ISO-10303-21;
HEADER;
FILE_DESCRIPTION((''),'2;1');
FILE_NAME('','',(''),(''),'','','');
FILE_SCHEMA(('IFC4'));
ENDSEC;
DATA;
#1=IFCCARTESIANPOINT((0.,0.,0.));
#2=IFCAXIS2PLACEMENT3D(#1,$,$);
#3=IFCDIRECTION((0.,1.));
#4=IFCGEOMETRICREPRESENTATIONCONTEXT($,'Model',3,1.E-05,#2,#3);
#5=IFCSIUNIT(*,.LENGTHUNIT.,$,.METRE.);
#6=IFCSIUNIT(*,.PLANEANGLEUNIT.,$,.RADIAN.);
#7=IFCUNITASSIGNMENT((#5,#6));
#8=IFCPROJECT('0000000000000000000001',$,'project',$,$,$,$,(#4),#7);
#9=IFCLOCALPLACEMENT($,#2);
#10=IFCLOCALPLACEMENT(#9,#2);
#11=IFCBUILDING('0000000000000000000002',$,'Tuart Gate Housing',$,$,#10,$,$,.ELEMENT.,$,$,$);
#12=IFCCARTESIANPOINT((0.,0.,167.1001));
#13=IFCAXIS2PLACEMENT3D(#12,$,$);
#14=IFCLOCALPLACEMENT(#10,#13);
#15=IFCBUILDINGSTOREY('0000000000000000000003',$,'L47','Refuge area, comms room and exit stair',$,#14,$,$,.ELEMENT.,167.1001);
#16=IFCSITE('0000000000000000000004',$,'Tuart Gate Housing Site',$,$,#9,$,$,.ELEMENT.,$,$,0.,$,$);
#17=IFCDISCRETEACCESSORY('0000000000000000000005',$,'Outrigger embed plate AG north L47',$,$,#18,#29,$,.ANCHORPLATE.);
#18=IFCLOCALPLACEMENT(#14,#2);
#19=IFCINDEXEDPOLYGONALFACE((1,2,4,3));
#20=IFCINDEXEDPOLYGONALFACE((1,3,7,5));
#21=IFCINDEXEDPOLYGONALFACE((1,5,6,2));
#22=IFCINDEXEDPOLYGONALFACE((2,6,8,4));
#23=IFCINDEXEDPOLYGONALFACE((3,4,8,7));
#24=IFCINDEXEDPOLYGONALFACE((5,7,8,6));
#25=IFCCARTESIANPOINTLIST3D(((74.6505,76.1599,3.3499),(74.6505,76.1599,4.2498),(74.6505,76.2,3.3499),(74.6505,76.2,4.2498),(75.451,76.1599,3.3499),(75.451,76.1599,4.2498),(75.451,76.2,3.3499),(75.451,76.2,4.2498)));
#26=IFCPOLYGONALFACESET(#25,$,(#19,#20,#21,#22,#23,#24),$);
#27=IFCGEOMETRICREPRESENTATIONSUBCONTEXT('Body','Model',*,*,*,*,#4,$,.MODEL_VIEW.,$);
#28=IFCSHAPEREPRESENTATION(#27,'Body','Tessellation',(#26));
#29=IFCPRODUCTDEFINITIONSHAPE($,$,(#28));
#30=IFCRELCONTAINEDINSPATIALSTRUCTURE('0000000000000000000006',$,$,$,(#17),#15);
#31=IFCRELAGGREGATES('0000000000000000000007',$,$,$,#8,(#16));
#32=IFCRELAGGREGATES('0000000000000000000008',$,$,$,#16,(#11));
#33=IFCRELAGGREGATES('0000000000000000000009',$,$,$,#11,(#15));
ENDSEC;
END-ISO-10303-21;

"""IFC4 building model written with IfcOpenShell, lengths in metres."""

from ifc_helpers import new_model, si_unit, direction, frame, origin, origin_2d, place, context, subcontext, project, spatial, rectangle, extrude, element, save


model = new_model("IFC4")

# Units and contexts
model_context = context("Model", 3, precision=1e-05, world=origin(), true_north=direction((0.0, 1.0)))
body_context = subcontext(model_context, "Body", "Model", "MODEL_VIEW")
ifc_project = project(units=[si_unit("LENGTHUNIT", "METRE"), si_unit("PLANEANGLEUNIT", "RADIAN")], contexts=[model_context])

# Site, building, storey
site_placement = place(None, origin())
site = spatial("IfcSite", under=ifc_project, at=site_placement, Name="Tuart Gate Housing Site", CompositionType="ELEMENT", RefElevation=0.0)
building_placement = place(site_placement, origin())
building = spatial("IfcBuilding", under=site, at=building_placement, Name="Tuart Gate Housing", CompositionType="ELEMENT")
storey_placement = place(building_placement, frame((0.0, 0.0, 167.1001)))
storey = spatial("IfcBuildingStorey", under=building, at=storey_placement, Name="L47", Description="Refuge area, comms room and exit stair", CompositionType="ELEMENT", Elevation=167.1001)

# Discrete accessory
discrete_accessory_placement = place(storey_placement, frame((75.0508, 76.1799, 3.3499), z_axis=(0.0, 0.0, 1.0), x_axis=(1.0, 0.0, 0.0)))
element("IfcDiscreteAccessory", 1, at=discrete_accessory_placement, inside=storey, Name="Outrigger embed plate AG north L47", PredefinedType="ANCHORPLATE", context=body_context, shape_type="SweptSolid", body=[
    extrude(rectangle(XDim=0.8005, YDim=0.04, at=origin_2d()), origin(), (0.0, 0.0, 1.0), 0.8999),
])

save(model, "model.ifc")
